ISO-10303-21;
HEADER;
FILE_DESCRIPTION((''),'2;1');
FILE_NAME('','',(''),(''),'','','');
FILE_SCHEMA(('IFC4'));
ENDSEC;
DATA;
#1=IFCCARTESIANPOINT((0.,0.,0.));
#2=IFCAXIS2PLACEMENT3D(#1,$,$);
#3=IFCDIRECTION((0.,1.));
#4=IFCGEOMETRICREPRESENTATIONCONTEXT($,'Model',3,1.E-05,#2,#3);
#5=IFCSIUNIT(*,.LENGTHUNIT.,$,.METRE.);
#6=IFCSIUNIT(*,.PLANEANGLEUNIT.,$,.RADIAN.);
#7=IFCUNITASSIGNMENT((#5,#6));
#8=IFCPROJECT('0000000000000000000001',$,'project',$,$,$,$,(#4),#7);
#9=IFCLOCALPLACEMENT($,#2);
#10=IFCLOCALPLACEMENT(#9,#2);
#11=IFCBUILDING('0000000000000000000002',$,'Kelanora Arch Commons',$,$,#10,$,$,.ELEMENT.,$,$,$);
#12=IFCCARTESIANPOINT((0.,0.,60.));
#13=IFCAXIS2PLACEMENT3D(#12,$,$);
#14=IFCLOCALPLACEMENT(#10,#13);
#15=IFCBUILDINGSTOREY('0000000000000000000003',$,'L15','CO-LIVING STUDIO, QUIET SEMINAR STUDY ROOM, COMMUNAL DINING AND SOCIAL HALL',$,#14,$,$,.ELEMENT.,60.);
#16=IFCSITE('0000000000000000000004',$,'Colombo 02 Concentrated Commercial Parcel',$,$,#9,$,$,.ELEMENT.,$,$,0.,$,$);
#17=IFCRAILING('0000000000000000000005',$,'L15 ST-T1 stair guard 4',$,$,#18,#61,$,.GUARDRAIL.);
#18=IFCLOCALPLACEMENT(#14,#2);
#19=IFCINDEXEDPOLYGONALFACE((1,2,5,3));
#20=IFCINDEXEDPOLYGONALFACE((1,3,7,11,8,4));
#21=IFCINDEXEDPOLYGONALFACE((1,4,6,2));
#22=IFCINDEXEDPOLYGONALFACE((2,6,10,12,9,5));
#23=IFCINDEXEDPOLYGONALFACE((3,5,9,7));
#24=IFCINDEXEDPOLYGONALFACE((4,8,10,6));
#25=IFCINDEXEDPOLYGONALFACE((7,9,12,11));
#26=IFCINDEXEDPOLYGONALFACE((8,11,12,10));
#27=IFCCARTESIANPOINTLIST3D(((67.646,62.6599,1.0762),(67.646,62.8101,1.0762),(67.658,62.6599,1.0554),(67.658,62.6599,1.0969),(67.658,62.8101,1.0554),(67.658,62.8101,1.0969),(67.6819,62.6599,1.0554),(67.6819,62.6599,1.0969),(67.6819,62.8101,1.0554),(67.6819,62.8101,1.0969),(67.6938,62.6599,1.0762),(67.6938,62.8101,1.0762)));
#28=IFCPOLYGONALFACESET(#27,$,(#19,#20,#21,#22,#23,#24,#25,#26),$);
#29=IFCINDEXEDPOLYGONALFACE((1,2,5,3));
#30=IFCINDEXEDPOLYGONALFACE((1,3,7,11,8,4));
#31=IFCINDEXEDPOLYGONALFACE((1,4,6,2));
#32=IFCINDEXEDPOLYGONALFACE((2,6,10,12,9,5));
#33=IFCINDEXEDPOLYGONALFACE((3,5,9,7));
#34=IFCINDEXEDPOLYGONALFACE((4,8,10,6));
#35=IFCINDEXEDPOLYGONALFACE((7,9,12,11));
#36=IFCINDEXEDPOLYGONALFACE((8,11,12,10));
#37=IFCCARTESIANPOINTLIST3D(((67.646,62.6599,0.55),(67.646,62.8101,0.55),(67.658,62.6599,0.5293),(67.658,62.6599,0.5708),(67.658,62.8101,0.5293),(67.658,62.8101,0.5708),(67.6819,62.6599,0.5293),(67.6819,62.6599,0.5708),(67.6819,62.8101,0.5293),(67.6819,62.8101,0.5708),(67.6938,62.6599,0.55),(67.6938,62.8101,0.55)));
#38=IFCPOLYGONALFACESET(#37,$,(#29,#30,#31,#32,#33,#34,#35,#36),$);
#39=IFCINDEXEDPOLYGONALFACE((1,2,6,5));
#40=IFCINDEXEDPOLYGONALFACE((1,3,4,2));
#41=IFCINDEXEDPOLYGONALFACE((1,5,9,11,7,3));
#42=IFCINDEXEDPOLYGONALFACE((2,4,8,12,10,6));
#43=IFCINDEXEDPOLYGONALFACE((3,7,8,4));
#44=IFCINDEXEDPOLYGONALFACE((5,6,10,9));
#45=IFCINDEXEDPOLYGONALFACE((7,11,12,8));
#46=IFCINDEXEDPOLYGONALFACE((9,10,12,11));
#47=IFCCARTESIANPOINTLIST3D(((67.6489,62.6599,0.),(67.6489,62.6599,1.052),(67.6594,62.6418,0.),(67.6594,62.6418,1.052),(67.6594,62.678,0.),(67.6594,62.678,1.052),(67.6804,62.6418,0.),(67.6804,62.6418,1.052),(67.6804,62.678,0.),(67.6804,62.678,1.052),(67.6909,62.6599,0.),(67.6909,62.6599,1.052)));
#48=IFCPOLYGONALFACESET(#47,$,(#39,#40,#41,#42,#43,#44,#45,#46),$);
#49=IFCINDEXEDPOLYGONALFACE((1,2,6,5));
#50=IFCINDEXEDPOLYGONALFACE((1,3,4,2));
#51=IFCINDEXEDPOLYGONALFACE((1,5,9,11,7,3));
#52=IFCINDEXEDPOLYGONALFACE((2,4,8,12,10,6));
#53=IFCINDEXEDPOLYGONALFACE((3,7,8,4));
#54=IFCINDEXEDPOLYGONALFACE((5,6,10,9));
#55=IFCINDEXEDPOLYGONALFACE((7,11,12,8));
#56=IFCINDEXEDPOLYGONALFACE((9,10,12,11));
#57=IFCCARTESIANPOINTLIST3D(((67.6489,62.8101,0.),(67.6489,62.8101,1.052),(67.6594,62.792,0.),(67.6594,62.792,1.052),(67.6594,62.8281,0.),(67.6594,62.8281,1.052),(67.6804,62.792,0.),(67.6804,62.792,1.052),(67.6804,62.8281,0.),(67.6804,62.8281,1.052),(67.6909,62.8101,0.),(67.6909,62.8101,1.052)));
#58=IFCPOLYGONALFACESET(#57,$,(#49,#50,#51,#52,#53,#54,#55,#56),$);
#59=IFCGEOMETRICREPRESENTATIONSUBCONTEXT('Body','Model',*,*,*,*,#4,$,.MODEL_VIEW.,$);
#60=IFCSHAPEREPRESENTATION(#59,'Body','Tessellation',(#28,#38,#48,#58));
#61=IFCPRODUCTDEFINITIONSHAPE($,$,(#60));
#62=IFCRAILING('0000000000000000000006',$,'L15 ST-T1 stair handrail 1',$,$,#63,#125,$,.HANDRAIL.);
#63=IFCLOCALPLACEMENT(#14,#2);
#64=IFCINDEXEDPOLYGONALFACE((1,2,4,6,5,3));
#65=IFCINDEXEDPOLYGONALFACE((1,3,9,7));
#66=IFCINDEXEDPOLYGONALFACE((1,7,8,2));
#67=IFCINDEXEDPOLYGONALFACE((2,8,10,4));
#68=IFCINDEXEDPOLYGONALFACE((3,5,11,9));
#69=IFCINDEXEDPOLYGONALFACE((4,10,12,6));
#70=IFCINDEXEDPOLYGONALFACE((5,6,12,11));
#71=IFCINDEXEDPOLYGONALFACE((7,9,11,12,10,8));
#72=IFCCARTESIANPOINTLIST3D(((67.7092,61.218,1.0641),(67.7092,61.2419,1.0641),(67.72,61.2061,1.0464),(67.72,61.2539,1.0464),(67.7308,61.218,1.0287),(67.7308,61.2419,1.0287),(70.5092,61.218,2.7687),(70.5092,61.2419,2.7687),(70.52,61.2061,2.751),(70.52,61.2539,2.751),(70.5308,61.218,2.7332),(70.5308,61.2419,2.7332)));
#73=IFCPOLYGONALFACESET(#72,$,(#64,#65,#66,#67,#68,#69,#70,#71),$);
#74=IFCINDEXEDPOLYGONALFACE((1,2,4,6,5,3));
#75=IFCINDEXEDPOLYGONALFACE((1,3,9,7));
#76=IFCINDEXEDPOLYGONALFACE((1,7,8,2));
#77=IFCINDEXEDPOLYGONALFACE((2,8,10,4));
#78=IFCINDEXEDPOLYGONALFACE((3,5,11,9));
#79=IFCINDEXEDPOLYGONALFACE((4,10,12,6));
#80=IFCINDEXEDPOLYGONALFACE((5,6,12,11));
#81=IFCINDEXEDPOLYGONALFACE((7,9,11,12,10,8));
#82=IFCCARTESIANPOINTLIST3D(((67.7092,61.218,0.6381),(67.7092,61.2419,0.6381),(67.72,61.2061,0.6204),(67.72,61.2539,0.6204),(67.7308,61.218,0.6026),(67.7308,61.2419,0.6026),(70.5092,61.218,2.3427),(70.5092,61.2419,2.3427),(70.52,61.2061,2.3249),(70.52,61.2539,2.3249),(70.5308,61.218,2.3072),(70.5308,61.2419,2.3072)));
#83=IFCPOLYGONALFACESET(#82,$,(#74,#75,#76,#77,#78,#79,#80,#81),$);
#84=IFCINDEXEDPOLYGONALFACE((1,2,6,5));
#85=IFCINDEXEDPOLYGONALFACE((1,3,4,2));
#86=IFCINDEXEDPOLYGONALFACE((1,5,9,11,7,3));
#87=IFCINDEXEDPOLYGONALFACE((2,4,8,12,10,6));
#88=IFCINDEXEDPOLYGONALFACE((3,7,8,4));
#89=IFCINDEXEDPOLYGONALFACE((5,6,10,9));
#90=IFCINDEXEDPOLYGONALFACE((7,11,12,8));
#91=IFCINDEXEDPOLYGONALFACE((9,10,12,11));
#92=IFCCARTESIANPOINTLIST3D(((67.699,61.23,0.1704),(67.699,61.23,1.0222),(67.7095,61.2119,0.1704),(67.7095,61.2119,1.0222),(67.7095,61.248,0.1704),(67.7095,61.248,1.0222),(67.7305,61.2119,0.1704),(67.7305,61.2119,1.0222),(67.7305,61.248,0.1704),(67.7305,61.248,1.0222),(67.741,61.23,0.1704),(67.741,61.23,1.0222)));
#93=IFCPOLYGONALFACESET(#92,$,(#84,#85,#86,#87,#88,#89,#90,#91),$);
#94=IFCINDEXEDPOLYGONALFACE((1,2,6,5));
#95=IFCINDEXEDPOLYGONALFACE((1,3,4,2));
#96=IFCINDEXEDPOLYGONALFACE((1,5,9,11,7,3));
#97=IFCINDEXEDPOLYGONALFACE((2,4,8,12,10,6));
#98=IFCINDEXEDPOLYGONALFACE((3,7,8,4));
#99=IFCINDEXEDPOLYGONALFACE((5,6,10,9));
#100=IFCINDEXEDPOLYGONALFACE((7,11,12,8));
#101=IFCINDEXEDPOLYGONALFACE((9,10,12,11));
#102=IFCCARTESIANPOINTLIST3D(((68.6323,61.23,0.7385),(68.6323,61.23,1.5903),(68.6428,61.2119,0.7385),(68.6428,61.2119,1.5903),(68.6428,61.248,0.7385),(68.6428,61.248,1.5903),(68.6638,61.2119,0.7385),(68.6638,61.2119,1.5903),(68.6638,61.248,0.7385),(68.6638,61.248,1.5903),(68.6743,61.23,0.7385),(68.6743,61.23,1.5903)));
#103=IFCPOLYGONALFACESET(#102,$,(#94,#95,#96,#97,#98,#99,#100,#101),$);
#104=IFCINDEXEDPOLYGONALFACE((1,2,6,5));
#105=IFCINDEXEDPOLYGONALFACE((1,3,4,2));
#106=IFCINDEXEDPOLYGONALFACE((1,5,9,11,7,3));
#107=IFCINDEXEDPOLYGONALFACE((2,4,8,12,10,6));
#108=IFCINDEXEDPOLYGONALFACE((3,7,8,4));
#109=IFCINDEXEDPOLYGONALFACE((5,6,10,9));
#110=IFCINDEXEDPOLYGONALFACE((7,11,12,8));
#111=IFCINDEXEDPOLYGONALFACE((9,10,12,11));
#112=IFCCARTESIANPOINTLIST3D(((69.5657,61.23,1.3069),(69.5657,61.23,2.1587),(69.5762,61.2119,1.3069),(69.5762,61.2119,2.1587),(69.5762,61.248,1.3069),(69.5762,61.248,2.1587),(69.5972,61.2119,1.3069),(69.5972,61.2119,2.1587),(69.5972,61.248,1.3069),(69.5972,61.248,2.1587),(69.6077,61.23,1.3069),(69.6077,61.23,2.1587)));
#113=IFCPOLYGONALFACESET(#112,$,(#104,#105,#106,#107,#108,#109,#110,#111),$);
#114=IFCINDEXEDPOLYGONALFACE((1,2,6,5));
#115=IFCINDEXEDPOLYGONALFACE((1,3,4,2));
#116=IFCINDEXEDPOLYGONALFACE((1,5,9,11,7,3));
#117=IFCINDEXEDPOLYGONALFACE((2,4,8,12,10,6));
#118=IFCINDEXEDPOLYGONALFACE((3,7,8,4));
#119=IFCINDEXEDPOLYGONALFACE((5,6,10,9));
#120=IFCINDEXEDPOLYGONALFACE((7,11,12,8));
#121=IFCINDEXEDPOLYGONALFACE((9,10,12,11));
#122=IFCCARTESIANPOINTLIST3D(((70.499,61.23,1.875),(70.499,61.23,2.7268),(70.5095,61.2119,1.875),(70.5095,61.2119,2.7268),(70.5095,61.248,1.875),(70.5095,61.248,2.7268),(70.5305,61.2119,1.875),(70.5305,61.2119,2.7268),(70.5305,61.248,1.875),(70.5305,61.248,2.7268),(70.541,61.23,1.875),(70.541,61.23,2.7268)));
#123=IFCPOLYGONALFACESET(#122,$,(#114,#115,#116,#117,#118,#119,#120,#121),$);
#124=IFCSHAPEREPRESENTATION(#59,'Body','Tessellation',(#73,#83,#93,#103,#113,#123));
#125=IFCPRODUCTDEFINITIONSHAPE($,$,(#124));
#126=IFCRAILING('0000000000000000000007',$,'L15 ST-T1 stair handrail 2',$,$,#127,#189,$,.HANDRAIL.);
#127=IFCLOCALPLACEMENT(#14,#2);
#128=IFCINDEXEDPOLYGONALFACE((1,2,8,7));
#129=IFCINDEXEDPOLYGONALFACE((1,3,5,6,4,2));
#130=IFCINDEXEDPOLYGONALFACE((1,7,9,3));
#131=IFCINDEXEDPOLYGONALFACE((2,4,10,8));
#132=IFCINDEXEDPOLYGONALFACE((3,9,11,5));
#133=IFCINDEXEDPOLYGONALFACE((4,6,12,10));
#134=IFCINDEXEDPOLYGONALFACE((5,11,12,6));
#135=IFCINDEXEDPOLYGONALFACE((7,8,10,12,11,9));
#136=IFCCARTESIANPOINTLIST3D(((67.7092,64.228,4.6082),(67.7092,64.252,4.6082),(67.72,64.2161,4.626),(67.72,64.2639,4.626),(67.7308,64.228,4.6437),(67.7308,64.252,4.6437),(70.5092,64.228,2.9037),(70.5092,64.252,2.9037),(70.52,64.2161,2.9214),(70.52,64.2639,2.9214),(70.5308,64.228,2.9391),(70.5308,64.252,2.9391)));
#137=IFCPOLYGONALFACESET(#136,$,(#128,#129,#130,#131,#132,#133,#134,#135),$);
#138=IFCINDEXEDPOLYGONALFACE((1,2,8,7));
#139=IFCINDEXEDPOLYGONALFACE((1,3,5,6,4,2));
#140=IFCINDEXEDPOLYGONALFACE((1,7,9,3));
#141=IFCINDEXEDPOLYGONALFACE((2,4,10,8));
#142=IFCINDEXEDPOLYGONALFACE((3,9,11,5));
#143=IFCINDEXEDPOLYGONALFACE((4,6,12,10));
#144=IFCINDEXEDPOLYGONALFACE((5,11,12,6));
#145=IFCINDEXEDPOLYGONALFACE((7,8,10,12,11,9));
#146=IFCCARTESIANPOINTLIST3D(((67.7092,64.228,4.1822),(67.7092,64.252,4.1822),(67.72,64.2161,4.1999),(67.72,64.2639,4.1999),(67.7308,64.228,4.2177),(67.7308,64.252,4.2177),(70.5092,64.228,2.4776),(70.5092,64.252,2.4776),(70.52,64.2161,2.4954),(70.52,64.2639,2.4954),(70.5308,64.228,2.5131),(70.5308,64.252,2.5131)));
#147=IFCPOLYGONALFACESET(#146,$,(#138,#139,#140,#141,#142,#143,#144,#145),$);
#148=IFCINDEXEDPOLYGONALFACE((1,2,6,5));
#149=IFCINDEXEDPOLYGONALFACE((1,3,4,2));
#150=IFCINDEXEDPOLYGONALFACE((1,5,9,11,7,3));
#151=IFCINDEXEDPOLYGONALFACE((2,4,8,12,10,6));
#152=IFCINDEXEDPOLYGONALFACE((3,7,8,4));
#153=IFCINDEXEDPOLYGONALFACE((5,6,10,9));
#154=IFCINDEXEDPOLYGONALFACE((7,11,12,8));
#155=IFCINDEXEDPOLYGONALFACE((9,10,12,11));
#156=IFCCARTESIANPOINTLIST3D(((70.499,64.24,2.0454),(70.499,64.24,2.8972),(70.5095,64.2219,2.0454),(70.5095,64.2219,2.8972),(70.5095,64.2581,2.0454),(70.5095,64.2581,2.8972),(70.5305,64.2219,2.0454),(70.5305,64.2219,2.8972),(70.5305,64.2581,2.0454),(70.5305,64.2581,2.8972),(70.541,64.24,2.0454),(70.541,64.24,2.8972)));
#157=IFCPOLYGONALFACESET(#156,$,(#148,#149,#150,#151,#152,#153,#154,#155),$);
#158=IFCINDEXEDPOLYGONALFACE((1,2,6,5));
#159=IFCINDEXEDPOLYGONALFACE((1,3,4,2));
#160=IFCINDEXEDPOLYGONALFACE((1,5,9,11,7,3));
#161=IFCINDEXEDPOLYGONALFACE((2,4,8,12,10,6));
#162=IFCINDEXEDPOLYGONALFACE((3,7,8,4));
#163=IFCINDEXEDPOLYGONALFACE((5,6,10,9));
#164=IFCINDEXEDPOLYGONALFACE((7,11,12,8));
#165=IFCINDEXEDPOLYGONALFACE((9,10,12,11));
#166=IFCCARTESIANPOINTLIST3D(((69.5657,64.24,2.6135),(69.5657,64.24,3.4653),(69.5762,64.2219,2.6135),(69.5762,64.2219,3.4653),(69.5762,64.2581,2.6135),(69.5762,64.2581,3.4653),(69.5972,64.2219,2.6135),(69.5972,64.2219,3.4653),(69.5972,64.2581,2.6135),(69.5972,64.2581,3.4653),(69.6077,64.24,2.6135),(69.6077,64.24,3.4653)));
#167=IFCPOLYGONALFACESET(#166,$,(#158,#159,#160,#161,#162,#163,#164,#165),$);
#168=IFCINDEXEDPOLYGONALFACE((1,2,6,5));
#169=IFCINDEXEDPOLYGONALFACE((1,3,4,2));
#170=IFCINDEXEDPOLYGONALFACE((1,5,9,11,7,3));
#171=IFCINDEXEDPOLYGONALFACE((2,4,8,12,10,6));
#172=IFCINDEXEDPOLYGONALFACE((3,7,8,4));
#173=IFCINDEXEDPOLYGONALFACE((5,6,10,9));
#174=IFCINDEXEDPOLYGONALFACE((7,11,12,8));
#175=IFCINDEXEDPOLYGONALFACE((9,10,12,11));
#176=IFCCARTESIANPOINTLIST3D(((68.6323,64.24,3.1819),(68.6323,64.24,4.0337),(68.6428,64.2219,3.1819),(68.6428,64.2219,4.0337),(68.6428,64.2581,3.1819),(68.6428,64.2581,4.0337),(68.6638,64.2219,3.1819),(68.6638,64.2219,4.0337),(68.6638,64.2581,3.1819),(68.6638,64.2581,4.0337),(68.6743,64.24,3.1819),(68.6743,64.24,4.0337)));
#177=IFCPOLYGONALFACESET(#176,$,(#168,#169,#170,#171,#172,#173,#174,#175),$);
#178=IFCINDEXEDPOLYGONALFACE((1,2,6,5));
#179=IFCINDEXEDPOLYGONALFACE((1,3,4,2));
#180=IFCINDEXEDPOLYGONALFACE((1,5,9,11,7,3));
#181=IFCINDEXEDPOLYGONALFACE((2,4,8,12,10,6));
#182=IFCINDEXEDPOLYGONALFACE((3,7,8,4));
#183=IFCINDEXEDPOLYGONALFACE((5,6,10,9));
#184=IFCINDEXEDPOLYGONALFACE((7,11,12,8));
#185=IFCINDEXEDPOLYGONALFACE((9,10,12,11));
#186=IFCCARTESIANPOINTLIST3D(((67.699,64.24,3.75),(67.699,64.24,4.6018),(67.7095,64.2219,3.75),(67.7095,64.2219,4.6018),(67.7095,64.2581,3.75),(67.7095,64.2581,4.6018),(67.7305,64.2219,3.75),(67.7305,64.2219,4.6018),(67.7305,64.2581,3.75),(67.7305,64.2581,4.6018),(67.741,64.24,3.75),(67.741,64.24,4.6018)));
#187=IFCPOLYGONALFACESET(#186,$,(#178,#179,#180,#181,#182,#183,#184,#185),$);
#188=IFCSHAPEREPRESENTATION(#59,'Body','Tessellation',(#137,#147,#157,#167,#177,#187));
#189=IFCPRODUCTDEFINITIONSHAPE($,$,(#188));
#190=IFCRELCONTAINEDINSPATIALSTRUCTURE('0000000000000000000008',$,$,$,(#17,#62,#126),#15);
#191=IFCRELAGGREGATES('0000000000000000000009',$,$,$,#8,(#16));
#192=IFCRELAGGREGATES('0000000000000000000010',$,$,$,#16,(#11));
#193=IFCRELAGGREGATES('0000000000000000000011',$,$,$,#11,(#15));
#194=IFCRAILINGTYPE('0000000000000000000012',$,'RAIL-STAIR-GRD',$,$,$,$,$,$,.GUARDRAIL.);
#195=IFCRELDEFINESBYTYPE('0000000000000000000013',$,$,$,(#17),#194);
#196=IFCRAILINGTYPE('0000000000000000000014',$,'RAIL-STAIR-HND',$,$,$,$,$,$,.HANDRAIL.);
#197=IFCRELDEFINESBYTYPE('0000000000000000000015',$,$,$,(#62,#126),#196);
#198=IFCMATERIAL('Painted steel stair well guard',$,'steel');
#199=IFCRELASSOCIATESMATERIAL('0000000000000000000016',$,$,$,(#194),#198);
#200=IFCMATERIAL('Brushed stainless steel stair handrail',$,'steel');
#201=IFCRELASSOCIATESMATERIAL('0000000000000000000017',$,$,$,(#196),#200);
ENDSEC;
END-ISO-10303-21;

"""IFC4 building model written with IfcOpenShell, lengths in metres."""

from ifc_helpers import new_model, si_unit, direction, frame, origin, place, context, subcontext, project, spatial, polyline, outline, extrude, material, type_object, element, save


model = new_model("IFC4")

# Units and contexts
model_context = context("Model", 3, precision=1e-05, world=origin(), true_north=direction((0.0, 1.0)))
body_context = subcontext(model_context, "Body", "Model", "MODEL_VIEW")
ifc_project = project(units=[si_unit("LENGTHUNIT", "METRE"), si_unit("PLANEANGLEUNIT", "RADIAN")], contexts=[model_context])

# Site, building, storey
site_placement = place(None, origin())
site = spatial("IfcSite", under=ifc_project, at=site_placement, Name="Colombo 02 Concentrated Commercial Parcel", CompositionType="ELEMENT", RefElevation=0.0)
building_placement = place(site_placement, origin())
building = spatial("IfcBuilding", under=site, at=building_placement, Name="Kelanora Arch Commons", CompositionType="ELEMENT")
storey_placement = place(building_placement, frame((0.0, 0.0, 60.0)))
storey = spatial("IfcBuildingStorey", under=building, at=storey_placement, Name="L15", Description="CO-LIVING STUDIO, QUIET SEMINAR STUDY ROOM, COMMUNAL DINING AND SOCIAL HALL", CompositionType="ELEMENT", Elevation=60.0)

# Railings
ifc_material_1 = material(Name="Painted steel stair well guard", Category="steel")
railing_type_1 = type_object("IfcRailingType", Name="RAIL-STAIR-GRD", PredefinedType="GUARDRAIL", material=ifc_material_1)
railing_1_placement = place(storey_placement, frame((67.6699, 62.6599, 0.0)))
element("IfcRailing", 1, at=railing_1_placement, inside=storey, type_object=railing_type_1, Name="L15 ST-T1 stair guard 4", PredefinedType="GUARDRAIL", context=body_context, shape_type="SweptSolid", body=[
    extrude(outline(polyline([(0.0239, 0.0), (0.012, 0.0208), (-0.012, 0.0208), (-0.0239, 0.0), (-0.012, -0.0208), (0.012, -0.0208), (0.0239, 0.0)])), frame((0.0, 0.0, 1.0762), z_axis=(0.0, 1.0, 0.0), x_axis=(-1.0, 0.0, 0.0)), (0.0, 0.0, 1.0), 0.1501),
    extrude(outline(polyline([(0.0239, 0.0), (0.012, 0.0208), (-0.012, 0.0208), (-0.0239, 0.0), (-0.012, -0.0208), (0.012, -0.0208), (0.0239, 0.0)])), frame((0.0, 0.0, 0.55), z_axis=(0.0, 1.0, 0.0), x_axis=(-1.0, 0.0, 0.0)), (0.0, 0.0, 1.0), 0.1501),
    extrude(outline(polyline([(0.021, 0.0), (0.0105, 0.0181), (-0.0105, 0.0181), (-0.021, 0.0), (-0.0105, -0.0181), (0.0105, -0.0181), (0.021, 0.0)])), origin(), (0.0, 0.0, 1.0), 1.052),
    extrude(outline(polyline([(0.021, 0.0), (0.0105, 0.0181), (-0.0105, 0.0181), (-0.021, 0.0), (-0.0105, -0.0181), (0.0105, -0.0181), (0.021, 0.0)])), frame((0.0, 0.1501, 0.0)), (0.0, 0.0, 1.0), 1.052),
])
ifc_material_2 = material(Name="Brushed stainless steel stair handrail", Category="steel")
railing_type_2 = type_object("IfcRailingType", Name="RAIL-STAIR-HND", PredefinedType="HANDRAIL", material=ifc_material_2)
railing_2_placement = place(storey_placement, frame((67.72, 61.23, 0.1704)))
element("IfcRailing", 2, at=railing_2_placement, inside=storey, type_object=railing_type_2, Name="L15 ST-T1 stair handrail 1", PredefinedType="HANDRAIL", context=body_context, shape_type="SweptSolid", body=[
    extrude(outline(polyline([(0.0239, 0.0), (0.012, 0.0208), (-0.012, 0.0208), (-0.0239, 0.0), (-0.012, -0.0208), (0.012, -0.0208), (0.0239, 0.0)])), frame((0.0, 0.0, 0.876), z_axis=(0.85417, 0.0, 0.519994), x_axis=(0.0, 1.0, 0.0)), (0.0, 0.0, 1.0), 3.2781),
    extrude(outline(polyline([(0.0239, 0.0), (0.012, 0.0208), (-0.012, 0.0208), (-0.0239, 0.0), (-0.012, -0.0208), (0.012, -0.0208), (0.0239, 0.0)])), frame((0.0, 0.0, 0.45), z_axis=(0.85417, 0.0, 0.519994), x_axis=(0.0, 1.0, 0.0)), (0.0, 0.0, 1.0), 3.2781),
    extrude(outline(polyline([(0.021, 0.0), (0.0105, 0.0181), (-0.0105, 0.0181), (-0.021, 0.0), (-0.0105, -0.0181), (0.0105, -0.0181), (0.021, 0.0)])), origin(), (0.0, 0.0, 1.0), 0.8518),
    extrude(outline(polyline([(0.021, 0.0), (0.0105, 0.0181), (-0.0105, 0.0181), (-0.021, 0.0), (-0.0105, -0.0181), (0.0105, -0.0181), (0.021, 0.0)])), frame((0.9333, 0.0, 0.5681)), (0.0, 0.0, 1.0), 0.8518),
    extrude(outline(polyline([(0.021, 0.0), (0.0105, 0.0181), (-0.0105, 0.0181), (-0.021, 0.0), (-0.0105, -0.0181), (0.0105, -0.0181), (0.021, 0.0)])), frame((1.8667, 0.0, 1.1365)), (0.0, 0.0, 1.0), 0.8518),
    extrude(outline(polyline([(0.021, 0.0), (0.0105, 0.0181), (-0.0105, 0.0181), (-0.021, 0.0), (-0.0105, -0.0181), (0.0105, -0.0181), (0.021, 0.0)])), frame((2.8, 0.0, 1.7046)), (0.0, 0.0, 1.0), 0.8518),
])
railing_3_placement = place(storey_placement, frame((70.52, 64.24, 2.0454)))
element("IfcRailing", 3, at=railing_3_placement, inside=storey, type_object=railing_type_2, Name="L15 ST-T1 stair handrail 2", PredefinedType="HANDRAIL", context=body_context, shape_type="SweptSolid", body=[
    extrude(outline(polyline([(0.0239, 0.0), (0.012, 0.0208), (-0.012, 0.0208), (-0.0239, 0.0), (-0.012, -0.0208), (0.012, -0.0208), (0.0239, 0.0)])), frame((0.0, 0.0, 0.876), z_axis=(-0.85417, 0.0, 0.519994), x_axis=(0.0, -1.0, 0.0)), (0.0, 0.0, 1.0), 3.2781),
    extrude(outline(polyline([(0.0239, 0.0), (0.012, 0.0208), (-0.012, 0.0208), (-0.0239, 0.0), (-0.012, -0.0208), (0.012, -0.0208), (0.0239, 0.0)])), frame((0.0, 0.0, 0.45), z_axis=(-0.85417, 0.0, 0.519994), x_axis=(0.0, -1.0, 0.0)), (0.0, 0.0, 1.0), 3.2781),
    extrude(outline(polyline([(0.021, 0.0), (0.0105, 0.0181), (-0.0105, 0.0181), (-0.021, 0.0), (-0.0105, -0.0181), (0.0105, -0.0181), (0.021, 0.0)])), origin(), (0.0, 0.0, 1.0), 0.8518),
    extrude(outline(polyline([(0.021, 0.0), (0.0105, 0.0181), (-0.0105, 0.0181), (-0.021, 0.0), (-0.0105, -0.0181), (0.0105, -0.0181), (0.021, 0.0)])), frame((-0.9333, 0.0, 0.5681)), (0.0, 0.0, 1.0), 0.8518),
    extrude(outline(polyline([(0.021, 0.0), (0.0105, 0.0181), (-0.0105, 0.0181), (-0.021, 0.0), (-0.0105, -0.0181), (0.0105, -0.0181), (0.021, 0.0)])), frame((-1.8667, 0.0, 1.1365)), (0.0, 0.0, 1.0), 0.8518),
    extrude(outline(polyline([(0.021, 0.0), (0.0105, 0.0181), (-0.0105, 0.0181), (-0.021, 0.0), (-0.0105, -0.0181), (0.0105, -0.0181), (0.021, 0.0)])), frame((-2.8, 0.0, 1.7046)), (0.0, 0.0, 1.0), 0.8518),
])

save(model, "model.ifc")
